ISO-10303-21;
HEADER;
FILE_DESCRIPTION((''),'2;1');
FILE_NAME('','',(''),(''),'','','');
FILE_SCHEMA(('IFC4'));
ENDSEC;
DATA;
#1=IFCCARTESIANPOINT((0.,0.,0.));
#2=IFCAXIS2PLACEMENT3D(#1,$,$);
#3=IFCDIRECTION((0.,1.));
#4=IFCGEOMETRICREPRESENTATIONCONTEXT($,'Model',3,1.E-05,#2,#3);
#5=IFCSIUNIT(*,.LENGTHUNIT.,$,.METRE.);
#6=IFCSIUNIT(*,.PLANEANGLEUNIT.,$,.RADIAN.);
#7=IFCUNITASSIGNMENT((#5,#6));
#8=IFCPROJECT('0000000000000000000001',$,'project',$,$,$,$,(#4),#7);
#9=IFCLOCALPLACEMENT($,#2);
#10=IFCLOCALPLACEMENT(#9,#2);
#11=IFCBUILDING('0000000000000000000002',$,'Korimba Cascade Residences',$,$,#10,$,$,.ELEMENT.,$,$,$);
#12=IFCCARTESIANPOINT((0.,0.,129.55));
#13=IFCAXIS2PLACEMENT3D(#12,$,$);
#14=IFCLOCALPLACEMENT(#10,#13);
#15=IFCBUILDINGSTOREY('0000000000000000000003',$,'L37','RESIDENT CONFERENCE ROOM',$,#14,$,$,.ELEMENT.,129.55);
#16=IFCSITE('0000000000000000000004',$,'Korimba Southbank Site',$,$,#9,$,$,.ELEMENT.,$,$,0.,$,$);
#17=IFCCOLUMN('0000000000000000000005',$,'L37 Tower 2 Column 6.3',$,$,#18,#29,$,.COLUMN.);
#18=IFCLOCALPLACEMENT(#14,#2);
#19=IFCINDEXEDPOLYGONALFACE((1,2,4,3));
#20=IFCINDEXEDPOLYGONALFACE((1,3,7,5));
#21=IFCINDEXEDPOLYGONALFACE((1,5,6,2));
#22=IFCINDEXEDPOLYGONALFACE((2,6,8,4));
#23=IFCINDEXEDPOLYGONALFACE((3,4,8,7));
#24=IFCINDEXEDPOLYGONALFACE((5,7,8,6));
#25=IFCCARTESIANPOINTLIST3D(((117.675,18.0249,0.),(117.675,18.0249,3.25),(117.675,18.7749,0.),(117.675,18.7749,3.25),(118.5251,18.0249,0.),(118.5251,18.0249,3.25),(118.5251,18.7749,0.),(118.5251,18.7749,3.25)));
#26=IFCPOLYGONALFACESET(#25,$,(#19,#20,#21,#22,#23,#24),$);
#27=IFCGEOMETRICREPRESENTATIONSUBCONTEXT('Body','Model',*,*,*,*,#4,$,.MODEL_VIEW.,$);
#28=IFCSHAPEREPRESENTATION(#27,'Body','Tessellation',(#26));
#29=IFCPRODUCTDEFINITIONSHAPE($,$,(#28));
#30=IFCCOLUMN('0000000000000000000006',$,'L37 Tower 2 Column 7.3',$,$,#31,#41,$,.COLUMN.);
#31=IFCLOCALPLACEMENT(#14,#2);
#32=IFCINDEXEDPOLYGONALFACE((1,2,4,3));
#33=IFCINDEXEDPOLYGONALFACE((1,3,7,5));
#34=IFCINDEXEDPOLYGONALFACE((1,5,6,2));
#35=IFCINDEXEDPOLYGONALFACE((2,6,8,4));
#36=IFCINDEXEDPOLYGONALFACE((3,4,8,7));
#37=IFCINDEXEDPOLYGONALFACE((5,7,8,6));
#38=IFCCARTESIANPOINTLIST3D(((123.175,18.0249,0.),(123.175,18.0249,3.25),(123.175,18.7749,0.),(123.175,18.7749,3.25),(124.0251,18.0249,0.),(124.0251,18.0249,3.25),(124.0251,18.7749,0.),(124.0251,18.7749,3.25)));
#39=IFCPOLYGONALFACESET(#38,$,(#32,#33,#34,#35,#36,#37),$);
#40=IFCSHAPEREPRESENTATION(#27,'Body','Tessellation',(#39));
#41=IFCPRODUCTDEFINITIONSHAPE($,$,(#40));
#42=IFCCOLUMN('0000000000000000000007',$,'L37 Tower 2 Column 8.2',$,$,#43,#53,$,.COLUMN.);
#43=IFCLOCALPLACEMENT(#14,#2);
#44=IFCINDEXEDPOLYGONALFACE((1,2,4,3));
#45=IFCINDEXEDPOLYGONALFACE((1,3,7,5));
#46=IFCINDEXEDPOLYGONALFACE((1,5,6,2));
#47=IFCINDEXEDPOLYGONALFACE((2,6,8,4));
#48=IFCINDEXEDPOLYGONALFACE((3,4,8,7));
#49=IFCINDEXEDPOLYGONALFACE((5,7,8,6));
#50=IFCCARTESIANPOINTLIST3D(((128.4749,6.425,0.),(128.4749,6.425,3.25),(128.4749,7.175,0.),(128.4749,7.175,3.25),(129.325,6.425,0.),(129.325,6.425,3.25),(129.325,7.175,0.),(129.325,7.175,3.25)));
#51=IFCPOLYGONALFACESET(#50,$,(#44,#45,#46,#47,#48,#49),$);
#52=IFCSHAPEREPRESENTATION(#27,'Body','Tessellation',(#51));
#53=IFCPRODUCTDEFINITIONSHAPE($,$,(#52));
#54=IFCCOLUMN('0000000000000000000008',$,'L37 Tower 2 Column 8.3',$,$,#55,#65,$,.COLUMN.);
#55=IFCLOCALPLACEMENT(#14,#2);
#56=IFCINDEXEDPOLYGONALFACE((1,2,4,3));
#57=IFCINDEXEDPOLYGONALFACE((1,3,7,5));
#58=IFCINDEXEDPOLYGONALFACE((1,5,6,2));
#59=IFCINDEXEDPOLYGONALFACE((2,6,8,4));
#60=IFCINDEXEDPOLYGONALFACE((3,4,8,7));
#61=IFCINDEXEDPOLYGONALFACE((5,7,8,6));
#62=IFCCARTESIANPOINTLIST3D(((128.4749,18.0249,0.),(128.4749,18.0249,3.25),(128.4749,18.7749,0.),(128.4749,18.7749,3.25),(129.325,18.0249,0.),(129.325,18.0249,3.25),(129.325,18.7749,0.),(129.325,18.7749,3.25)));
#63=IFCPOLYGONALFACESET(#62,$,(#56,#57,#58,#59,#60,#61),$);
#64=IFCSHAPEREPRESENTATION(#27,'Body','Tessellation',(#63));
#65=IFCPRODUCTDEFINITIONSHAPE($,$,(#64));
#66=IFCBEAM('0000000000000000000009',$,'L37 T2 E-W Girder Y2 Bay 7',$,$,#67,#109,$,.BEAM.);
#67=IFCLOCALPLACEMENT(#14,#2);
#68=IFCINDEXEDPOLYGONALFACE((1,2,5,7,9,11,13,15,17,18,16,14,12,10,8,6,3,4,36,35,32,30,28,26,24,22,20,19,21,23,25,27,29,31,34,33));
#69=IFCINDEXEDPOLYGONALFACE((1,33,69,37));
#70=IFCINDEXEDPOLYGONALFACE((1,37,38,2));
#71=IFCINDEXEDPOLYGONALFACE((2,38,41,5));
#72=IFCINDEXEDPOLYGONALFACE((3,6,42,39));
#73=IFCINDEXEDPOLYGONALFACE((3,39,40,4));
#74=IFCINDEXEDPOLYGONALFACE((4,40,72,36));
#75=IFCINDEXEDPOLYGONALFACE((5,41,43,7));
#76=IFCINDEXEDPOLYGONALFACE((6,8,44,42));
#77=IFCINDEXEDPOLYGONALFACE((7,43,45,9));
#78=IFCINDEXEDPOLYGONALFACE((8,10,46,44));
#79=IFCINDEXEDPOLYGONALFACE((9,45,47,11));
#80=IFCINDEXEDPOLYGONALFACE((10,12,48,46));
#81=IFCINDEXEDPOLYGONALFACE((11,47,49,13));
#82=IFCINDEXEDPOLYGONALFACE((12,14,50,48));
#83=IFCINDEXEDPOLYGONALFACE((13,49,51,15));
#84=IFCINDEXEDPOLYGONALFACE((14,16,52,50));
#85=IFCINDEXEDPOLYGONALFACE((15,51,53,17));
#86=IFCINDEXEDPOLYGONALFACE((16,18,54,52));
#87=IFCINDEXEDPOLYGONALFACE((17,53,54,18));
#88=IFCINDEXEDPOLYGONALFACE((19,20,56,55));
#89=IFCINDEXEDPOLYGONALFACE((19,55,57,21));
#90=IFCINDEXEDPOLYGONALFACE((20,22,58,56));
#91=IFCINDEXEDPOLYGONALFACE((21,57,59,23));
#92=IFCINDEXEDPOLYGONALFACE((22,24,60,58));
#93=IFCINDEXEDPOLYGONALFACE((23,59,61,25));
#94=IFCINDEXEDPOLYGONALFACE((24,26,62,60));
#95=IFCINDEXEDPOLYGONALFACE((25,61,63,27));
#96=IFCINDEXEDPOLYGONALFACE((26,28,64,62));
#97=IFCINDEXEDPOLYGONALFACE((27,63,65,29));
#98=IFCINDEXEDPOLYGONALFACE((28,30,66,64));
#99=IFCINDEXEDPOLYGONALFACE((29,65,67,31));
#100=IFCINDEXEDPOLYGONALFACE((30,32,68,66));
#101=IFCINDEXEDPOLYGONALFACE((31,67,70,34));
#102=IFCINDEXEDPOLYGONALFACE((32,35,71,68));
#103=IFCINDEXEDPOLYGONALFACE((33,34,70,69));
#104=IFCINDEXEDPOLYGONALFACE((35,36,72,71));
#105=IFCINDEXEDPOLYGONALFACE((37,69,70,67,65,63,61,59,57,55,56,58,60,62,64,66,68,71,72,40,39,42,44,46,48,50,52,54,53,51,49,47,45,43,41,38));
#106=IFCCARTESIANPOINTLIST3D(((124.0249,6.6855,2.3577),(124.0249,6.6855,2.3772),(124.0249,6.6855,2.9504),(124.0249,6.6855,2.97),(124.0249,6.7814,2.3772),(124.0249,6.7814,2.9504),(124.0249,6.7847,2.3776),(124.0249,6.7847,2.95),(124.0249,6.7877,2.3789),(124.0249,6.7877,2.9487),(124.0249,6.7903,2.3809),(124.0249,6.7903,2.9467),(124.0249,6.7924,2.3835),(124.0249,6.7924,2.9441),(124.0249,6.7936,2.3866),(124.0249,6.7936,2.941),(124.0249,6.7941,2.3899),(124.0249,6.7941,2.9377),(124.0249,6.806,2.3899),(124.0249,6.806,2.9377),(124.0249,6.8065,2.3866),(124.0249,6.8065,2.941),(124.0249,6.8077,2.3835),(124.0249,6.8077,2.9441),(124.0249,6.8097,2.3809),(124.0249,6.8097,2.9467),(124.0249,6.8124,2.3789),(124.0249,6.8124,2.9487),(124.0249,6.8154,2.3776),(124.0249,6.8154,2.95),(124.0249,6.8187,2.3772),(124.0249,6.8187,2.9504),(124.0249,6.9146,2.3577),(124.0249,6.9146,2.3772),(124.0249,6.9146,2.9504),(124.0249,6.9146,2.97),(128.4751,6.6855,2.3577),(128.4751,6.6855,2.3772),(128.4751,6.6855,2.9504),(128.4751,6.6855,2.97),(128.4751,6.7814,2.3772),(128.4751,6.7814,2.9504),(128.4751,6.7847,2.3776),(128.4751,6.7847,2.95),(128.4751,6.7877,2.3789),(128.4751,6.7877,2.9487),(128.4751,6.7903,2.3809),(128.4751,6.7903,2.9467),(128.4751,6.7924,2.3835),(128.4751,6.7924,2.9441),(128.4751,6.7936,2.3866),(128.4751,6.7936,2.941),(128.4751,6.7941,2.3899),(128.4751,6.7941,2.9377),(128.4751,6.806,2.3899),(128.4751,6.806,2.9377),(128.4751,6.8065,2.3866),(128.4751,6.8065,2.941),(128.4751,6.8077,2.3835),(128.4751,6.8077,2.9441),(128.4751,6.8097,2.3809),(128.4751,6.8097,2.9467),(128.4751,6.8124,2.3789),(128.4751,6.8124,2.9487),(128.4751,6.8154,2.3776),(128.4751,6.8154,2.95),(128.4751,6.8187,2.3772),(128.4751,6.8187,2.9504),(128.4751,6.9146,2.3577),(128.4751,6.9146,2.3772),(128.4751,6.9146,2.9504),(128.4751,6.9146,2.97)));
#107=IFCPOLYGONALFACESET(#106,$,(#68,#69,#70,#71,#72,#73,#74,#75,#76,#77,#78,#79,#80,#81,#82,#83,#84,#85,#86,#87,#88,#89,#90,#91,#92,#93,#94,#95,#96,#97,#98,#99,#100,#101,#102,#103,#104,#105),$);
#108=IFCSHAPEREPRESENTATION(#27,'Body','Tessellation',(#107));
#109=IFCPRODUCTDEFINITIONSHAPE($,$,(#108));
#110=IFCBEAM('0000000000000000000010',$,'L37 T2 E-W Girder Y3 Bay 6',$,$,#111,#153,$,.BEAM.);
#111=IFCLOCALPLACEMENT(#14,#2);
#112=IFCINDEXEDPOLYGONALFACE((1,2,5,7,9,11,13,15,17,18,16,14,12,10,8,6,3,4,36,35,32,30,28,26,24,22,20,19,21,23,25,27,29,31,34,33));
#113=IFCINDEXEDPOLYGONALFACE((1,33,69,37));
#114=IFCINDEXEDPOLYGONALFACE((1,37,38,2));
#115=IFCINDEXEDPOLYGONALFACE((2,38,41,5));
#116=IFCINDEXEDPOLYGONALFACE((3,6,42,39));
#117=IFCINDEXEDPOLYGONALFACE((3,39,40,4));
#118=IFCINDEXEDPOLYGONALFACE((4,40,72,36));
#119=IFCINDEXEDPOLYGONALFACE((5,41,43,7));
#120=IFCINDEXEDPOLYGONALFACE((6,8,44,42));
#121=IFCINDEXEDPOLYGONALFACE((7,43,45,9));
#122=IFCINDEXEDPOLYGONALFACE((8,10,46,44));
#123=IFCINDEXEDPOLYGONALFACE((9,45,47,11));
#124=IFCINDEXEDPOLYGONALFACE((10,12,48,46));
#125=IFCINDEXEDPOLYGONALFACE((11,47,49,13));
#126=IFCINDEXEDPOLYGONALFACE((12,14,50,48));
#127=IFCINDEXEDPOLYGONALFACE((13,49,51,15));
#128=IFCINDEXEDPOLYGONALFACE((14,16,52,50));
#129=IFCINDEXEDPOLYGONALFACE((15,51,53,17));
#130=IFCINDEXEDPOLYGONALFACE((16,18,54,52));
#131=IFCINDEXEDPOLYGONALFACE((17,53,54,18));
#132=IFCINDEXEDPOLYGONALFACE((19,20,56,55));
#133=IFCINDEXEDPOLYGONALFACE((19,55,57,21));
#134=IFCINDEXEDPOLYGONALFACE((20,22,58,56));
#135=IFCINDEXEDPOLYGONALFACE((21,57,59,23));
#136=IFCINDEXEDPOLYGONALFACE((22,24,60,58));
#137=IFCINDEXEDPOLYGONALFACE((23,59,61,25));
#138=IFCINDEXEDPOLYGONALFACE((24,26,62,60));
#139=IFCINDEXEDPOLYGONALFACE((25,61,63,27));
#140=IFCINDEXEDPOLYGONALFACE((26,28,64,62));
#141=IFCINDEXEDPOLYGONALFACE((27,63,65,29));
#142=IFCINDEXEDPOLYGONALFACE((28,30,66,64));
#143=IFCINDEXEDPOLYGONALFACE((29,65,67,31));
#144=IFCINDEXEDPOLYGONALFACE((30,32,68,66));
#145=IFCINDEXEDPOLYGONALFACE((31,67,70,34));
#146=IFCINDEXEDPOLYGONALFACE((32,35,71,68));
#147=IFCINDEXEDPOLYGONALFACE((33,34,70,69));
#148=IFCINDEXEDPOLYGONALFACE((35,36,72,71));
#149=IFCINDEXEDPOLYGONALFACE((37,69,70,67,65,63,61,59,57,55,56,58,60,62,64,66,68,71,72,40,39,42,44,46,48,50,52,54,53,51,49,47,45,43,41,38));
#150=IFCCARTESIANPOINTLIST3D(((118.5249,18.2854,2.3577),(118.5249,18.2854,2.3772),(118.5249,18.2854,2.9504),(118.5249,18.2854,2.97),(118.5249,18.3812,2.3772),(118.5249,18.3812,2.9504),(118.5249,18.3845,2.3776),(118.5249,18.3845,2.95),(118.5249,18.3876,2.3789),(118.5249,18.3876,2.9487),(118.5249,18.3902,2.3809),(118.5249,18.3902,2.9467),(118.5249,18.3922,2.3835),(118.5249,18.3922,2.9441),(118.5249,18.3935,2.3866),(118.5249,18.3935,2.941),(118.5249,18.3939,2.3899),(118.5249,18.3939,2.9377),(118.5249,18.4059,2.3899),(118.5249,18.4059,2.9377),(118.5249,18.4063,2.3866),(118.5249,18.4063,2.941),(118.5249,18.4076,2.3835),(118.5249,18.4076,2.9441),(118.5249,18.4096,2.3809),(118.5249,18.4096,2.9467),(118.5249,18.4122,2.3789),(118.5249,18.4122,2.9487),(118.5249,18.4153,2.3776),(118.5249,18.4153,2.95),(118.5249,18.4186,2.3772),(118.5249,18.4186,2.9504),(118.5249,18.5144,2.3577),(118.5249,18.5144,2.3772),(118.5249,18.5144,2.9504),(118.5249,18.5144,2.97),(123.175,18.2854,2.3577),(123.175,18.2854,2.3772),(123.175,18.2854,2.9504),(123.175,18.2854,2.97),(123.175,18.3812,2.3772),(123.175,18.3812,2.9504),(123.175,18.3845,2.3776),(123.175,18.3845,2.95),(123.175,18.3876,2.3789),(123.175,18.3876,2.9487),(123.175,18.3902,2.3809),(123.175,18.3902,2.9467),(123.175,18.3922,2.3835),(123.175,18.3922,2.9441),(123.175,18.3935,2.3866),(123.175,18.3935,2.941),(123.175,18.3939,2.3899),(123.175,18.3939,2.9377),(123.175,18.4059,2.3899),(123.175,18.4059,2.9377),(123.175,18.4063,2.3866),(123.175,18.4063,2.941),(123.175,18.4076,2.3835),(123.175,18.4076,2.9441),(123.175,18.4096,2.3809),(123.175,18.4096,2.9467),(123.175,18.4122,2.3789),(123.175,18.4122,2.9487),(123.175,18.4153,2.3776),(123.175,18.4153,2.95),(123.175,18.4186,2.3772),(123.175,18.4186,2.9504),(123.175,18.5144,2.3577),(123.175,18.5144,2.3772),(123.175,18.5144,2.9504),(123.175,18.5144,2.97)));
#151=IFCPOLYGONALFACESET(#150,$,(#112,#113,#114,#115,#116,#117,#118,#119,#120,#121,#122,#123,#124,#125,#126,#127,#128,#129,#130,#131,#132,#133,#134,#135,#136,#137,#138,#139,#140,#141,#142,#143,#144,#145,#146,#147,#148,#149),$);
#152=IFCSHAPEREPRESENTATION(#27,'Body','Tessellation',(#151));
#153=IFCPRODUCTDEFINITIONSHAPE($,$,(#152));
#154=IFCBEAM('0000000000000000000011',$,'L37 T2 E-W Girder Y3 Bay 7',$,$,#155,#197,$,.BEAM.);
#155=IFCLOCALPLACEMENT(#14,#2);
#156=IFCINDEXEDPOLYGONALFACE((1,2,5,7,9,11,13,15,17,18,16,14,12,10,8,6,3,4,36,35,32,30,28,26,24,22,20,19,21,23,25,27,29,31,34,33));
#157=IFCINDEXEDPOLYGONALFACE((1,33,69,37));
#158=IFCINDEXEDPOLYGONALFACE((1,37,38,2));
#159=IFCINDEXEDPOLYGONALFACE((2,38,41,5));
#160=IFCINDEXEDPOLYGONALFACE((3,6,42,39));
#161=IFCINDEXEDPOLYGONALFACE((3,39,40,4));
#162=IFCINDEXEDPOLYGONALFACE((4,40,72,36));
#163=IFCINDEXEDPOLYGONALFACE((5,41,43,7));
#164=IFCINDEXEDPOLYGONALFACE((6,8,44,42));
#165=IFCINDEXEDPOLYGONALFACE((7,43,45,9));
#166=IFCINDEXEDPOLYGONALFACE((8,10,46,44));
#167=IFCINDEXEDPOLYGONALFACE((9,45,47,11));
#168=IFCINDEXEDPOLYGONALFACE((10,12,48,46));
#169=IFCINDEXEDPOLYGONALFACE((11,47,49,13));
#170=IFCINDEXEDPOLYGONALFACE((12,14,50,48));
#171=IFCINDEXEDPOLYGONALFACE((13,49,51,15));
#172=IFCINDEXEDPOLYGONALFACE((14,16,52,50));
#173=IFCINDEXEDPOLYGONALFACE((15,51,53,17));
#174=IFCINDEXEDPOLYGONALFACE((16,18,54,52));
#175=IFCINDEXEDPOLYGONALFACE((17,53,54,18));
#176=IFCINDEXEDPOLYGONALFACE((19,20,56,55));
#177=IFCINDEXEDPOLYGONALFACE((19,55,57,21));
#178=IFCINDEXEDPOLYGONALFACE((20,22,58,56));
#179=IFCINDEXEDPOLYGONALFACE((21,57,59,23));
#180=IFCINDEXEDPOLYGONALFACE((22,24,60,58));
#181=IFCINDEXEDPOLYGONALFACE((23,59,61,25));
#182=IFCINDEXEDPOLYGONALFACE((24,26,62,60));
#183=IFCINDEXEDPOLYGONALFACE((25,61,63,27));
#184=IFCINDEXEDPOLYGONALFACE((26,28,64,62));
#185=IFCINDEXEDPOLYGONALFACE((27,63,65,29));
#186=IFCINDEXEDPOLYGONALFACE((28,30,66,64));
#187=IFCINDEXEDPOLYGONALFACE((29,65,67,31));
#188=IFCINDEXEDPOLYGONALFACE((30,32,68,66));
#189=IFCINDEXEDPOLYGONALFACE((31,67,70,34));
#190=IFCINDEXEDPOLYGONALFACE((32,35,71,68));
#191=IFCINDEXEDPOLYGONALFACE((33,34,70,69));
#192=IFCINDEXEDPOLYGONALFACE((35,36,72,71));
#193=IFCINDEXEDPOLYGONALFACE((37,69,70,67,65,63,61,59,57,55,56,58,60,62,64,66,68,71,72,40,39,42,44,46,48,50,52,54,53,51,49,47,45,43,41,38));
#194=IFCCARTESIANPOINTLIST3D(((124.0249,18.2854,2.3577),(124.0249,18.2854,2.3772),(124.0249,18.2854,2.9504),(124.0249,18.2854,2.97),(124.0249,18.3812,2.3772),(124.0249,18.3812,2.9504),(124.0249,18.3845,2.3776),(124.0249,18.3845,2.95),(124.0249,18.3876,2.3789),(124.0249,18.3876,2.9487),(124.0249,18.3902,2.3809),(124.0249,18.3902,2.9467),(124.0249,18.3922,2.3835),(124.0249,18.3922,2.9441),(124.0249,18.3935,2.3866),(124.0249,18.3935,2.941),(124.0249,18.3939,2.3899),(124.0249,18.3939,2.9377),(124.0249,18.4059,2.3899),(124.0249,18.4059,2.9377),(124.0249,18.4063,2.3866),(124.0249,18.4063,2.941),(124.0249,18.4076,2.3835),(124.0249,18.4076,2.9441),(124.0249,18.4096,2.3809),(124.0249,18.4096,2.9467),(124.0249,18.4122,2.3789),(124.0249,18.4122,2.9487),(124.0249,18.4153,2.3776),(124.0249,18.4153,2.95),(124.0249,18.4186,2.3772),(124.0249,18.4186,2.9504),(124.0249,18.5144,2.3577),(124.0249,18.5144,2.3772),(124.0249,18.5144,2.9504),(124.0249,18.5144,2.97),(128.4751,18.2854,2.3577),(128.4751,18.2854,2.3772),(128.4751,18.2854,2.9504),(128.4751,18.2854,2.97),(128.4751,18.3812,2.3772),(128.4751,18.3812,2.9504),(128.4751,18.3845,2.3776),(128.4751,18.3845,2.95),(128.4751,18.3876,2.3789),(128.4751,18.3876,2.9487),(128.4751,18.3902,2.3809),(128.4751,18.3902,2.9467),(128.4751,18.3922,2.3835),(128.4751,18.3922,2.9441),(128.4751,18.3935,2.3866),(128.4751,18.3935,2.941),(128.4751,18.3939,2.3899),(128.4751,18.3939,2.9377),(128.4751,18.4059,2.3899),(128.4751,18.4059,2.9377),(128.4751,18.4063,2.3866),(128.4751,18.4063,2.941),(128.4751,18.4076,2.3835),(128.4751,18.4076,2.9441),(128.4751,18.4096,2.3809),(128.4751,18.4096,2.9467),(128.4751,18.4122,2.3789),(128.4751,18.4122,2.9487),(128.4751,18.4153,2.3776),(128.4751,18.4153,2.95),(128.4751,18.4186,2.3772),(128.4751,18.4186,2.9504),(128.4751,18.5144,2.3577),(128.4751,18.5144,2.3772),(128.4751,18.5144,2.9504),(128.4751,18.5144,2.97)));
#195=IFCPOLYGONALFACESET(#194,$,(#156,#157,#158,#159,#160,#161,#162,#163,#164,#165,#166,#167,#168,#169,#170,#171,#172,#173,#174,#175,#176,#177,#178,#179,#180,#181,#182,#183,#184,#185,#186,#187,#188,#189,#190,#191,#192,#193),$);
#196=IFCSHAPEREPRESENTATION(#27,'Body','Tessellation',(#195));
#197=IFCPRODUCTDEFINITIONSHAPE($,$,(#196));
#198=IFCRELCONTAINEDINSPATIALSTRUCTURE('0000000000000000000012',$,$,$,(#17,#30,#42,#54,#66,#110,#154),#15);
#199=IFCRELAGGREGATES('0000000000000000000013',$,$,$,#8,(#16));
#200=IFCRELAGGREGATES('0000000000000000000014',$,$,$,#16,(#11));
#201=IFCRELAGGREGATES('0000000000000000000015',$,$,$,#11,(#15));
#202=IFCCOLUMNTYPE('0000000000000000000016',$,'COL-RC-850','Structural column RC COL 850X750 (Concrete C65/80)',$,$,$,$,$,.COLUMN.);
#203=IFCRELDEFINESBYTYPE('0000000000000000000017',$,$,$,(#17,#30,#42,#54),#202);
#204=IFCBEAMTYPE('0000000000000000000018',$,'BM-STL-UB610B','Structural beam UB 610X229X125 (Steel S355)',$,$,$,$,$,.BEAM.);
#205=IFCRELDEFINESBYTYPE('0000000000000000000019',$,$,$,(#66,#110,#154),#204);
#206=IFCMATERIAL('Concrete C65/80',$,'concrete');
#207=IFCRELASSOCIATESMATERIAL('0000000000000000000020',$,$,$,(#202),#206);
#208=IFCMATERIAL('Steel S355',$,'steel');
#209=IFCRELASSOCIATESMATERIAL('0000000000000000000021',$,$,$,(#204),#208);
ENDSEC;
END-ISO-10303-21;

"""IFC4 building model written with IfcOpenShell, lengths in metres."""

from ifc_helpers import new_model, si_unit, direction, frame, origin, origin_2d, place, context, subcontext, project, spatial, rectangle, i_section, extrude, material, material_profile, profile_set, type_object, element, save


model = new_model("IFC4")

# Units and contexts
model_context = context("Model", 3, precision=1e-05, world=origin(), true_north=direction((0.0, 1.0)))
body_context = subcontext(model_context, "Body", "Model", "MODEL_VIEW")
ifc_project = project(units=[si_unit("LENGTHUNIT", "METRE"), si_unit("PLANEANGLEUNIT", "RADIAN")], contexts=[model_context])

# Site, building, storey
site_placement = place(None, origin())
site = spatial("IfcSite", under=ifc_project, at=site_placement, Name="Korimba Southbank Site", CompositionType="ELEMENT", RefElevation=0.0)
building_placement = place(site_placement, origin())
building = spatial("IfcBuilding", under=site, at=building_placement, Name="Korimba Cascade Residences", CompositionType="ELEMENT")
storey_placement = place(building_placement, frame((0.0, 0.0, 129.55)))
storey = spatial("IfcBuildingStorey", under=building, at=storey_placement, Name="L37", Description="RESIDENT CONFERENCE ROOM", CompositionType="ELEMENT", Elevation=129.55)

# Columns
ifc_material_1 = material(Name="Concrete C65/80", Category="concrete")
ifc_material_profile_1 = material_profile(ifc_material_1, rectangle(XDim=0.8501, YDim=0.75, at=origin_2d()), Name="Concrete C65/80")
ifc_profile_set_1 = profile_set([ifc_material_profile_1], Name="Concrete C65/80")
column_type = type_object("IfcColumnType", Name="COL-RC-850", Description="Structural column RC COL 850X750 (Concrete C65/80)", PredefinedType="COLUMN", material=ifc_profile_set_1)
for number, where, z_axis, x_axis, name in (
    (1, (118.1001, 18.3999, 0.0), (0.0, 0.0, 1.0), (1.0, 0.0, 0.0), "L37 Tower 2 Column 6.3"),
    (2, (123.6001, 18.3999, 0.0), (0.0, 0.0, 1.0), (1.0, 0.0, 0.0), "L37 Tower 2 Column 7.3"),
    (3, (128.8999, 6.8, 0.0), (0.0, 0.0, 1.0), (1.0, 0.0, 0.0), "L37 Tower 2 Column 8.2"),
    (4, (128.8999, 18.3999, 0.0), (0.0, 0.0, 1.0), (1.0, 0.0, 0.0), "L37 Tower 2 Column 8.3"),
):
    element("IfcColumn", number, at=place(storey_placement, frame(where, z_axis=z_axis, x_axis=x_axis)), inside=storey, type_object=column_type, Name=name, PredefinedType="COLUMN", context=body_context, shape_type="SweptSolid", body=[
        extrude(rectangle(XDim=0.8501, YDim=0.75, at=origin_2d()), origin(), (0.0, 0.0, 1.0), 3.25),
    ])

# Beams
ifc_material_2 = material(Name="Steel S355", Category="steel")
ifc_material_profile_2 = material_profile(ifc_material_2, i_section(OverallWidth=0.229, OverallDepth=0.6123, WebThickness=0.012, FlangeThickness=0.0195, FilletRadius=0.0127, at=origin_2d()), Name="Steel S355")
ifc_profile_set_2 = profile_set([ifc_material_profile_2], Name="Steel S355")
beam_type_1 = type_object("IfcBeamType", Name="BM-STL-UB610B", Description="Structural beam UB 610X229X125 (Steel S355)", PredefinedType="BEAM", material=ifc_profile_set_2)
beam_1_placement = place(storey_placement, frame((124.0249, 6.8, 2.6638), z_axis=(1.0, 0.0, 0.0), x_axis=(0.0, 1.0, 0.0)))
element("IfcBeam", 5, at=beam_1_placement, inside=storey, type_object=beam_type_1, Name="L37 T2 E-W Girder Y2 Bay 7", PredefinedType="BEAM", context=body_context, shape_type="SweptSolid", body=[
    extrude(i_section(OverallWidth=0.229, OverallDepth=0.6123, WebThickness=0.012, FlangeThickness=0.0195, FilletRadius=0.0127, at=origin_2d()), origin(), (0.0, 0.0, 1.0), 4.4502),
])
beam_2_placement = place(storey_placement, frame((118.5249, 18.3999, 2.6638), z_axis=(1.0, 0.0, 0.0), x_axis=(0.0, 1.0, 0.0)))
element("IfcBeam", 6, at=beam_2_placement, inside=storey, type_object=beam_type_1, Name="L37 T2 E-W Girder Y3 Bay 6", PredefinedType="BEAM", context=body_context, shape_type="SweptSolid", body=[
    extrude(i_section(OverallWidth=0.229, OverallDepth=0.6123, WebThickness=0.012, FlangeThickness=0.0195, FilletRadius=0.0127, at=origin_2d()), origin(), (0.0, 0.0, 1.0), 4.6501),
])
beam_3_placement = place(storey_placement, frame((124.0249, 18.3999, 2.6638), z_axis=(1.0, 0.0, 0.0), x_axis=(0.0, 1.0, 0.0)))
element("IfcBeam", 7, at=beam_3_placement, inside=storey, type_object=beam_type_1, Name="L37 T2 E-W Girder Y3 Bay 7", PredefinedType="BEAM", context=body_context, shape_type="SweptSolid", body=[
    extrude(i_section(OverallWidth=0.229, OverallDepth=0.6123, WebThickness=0.012, FlangeThickness=0.0195, FilletRadius=0.0127, at=origin_2d()), origin(), (0.0, 0.0, 1.0), 4.4502),
])

save(model, "model.ifc")
